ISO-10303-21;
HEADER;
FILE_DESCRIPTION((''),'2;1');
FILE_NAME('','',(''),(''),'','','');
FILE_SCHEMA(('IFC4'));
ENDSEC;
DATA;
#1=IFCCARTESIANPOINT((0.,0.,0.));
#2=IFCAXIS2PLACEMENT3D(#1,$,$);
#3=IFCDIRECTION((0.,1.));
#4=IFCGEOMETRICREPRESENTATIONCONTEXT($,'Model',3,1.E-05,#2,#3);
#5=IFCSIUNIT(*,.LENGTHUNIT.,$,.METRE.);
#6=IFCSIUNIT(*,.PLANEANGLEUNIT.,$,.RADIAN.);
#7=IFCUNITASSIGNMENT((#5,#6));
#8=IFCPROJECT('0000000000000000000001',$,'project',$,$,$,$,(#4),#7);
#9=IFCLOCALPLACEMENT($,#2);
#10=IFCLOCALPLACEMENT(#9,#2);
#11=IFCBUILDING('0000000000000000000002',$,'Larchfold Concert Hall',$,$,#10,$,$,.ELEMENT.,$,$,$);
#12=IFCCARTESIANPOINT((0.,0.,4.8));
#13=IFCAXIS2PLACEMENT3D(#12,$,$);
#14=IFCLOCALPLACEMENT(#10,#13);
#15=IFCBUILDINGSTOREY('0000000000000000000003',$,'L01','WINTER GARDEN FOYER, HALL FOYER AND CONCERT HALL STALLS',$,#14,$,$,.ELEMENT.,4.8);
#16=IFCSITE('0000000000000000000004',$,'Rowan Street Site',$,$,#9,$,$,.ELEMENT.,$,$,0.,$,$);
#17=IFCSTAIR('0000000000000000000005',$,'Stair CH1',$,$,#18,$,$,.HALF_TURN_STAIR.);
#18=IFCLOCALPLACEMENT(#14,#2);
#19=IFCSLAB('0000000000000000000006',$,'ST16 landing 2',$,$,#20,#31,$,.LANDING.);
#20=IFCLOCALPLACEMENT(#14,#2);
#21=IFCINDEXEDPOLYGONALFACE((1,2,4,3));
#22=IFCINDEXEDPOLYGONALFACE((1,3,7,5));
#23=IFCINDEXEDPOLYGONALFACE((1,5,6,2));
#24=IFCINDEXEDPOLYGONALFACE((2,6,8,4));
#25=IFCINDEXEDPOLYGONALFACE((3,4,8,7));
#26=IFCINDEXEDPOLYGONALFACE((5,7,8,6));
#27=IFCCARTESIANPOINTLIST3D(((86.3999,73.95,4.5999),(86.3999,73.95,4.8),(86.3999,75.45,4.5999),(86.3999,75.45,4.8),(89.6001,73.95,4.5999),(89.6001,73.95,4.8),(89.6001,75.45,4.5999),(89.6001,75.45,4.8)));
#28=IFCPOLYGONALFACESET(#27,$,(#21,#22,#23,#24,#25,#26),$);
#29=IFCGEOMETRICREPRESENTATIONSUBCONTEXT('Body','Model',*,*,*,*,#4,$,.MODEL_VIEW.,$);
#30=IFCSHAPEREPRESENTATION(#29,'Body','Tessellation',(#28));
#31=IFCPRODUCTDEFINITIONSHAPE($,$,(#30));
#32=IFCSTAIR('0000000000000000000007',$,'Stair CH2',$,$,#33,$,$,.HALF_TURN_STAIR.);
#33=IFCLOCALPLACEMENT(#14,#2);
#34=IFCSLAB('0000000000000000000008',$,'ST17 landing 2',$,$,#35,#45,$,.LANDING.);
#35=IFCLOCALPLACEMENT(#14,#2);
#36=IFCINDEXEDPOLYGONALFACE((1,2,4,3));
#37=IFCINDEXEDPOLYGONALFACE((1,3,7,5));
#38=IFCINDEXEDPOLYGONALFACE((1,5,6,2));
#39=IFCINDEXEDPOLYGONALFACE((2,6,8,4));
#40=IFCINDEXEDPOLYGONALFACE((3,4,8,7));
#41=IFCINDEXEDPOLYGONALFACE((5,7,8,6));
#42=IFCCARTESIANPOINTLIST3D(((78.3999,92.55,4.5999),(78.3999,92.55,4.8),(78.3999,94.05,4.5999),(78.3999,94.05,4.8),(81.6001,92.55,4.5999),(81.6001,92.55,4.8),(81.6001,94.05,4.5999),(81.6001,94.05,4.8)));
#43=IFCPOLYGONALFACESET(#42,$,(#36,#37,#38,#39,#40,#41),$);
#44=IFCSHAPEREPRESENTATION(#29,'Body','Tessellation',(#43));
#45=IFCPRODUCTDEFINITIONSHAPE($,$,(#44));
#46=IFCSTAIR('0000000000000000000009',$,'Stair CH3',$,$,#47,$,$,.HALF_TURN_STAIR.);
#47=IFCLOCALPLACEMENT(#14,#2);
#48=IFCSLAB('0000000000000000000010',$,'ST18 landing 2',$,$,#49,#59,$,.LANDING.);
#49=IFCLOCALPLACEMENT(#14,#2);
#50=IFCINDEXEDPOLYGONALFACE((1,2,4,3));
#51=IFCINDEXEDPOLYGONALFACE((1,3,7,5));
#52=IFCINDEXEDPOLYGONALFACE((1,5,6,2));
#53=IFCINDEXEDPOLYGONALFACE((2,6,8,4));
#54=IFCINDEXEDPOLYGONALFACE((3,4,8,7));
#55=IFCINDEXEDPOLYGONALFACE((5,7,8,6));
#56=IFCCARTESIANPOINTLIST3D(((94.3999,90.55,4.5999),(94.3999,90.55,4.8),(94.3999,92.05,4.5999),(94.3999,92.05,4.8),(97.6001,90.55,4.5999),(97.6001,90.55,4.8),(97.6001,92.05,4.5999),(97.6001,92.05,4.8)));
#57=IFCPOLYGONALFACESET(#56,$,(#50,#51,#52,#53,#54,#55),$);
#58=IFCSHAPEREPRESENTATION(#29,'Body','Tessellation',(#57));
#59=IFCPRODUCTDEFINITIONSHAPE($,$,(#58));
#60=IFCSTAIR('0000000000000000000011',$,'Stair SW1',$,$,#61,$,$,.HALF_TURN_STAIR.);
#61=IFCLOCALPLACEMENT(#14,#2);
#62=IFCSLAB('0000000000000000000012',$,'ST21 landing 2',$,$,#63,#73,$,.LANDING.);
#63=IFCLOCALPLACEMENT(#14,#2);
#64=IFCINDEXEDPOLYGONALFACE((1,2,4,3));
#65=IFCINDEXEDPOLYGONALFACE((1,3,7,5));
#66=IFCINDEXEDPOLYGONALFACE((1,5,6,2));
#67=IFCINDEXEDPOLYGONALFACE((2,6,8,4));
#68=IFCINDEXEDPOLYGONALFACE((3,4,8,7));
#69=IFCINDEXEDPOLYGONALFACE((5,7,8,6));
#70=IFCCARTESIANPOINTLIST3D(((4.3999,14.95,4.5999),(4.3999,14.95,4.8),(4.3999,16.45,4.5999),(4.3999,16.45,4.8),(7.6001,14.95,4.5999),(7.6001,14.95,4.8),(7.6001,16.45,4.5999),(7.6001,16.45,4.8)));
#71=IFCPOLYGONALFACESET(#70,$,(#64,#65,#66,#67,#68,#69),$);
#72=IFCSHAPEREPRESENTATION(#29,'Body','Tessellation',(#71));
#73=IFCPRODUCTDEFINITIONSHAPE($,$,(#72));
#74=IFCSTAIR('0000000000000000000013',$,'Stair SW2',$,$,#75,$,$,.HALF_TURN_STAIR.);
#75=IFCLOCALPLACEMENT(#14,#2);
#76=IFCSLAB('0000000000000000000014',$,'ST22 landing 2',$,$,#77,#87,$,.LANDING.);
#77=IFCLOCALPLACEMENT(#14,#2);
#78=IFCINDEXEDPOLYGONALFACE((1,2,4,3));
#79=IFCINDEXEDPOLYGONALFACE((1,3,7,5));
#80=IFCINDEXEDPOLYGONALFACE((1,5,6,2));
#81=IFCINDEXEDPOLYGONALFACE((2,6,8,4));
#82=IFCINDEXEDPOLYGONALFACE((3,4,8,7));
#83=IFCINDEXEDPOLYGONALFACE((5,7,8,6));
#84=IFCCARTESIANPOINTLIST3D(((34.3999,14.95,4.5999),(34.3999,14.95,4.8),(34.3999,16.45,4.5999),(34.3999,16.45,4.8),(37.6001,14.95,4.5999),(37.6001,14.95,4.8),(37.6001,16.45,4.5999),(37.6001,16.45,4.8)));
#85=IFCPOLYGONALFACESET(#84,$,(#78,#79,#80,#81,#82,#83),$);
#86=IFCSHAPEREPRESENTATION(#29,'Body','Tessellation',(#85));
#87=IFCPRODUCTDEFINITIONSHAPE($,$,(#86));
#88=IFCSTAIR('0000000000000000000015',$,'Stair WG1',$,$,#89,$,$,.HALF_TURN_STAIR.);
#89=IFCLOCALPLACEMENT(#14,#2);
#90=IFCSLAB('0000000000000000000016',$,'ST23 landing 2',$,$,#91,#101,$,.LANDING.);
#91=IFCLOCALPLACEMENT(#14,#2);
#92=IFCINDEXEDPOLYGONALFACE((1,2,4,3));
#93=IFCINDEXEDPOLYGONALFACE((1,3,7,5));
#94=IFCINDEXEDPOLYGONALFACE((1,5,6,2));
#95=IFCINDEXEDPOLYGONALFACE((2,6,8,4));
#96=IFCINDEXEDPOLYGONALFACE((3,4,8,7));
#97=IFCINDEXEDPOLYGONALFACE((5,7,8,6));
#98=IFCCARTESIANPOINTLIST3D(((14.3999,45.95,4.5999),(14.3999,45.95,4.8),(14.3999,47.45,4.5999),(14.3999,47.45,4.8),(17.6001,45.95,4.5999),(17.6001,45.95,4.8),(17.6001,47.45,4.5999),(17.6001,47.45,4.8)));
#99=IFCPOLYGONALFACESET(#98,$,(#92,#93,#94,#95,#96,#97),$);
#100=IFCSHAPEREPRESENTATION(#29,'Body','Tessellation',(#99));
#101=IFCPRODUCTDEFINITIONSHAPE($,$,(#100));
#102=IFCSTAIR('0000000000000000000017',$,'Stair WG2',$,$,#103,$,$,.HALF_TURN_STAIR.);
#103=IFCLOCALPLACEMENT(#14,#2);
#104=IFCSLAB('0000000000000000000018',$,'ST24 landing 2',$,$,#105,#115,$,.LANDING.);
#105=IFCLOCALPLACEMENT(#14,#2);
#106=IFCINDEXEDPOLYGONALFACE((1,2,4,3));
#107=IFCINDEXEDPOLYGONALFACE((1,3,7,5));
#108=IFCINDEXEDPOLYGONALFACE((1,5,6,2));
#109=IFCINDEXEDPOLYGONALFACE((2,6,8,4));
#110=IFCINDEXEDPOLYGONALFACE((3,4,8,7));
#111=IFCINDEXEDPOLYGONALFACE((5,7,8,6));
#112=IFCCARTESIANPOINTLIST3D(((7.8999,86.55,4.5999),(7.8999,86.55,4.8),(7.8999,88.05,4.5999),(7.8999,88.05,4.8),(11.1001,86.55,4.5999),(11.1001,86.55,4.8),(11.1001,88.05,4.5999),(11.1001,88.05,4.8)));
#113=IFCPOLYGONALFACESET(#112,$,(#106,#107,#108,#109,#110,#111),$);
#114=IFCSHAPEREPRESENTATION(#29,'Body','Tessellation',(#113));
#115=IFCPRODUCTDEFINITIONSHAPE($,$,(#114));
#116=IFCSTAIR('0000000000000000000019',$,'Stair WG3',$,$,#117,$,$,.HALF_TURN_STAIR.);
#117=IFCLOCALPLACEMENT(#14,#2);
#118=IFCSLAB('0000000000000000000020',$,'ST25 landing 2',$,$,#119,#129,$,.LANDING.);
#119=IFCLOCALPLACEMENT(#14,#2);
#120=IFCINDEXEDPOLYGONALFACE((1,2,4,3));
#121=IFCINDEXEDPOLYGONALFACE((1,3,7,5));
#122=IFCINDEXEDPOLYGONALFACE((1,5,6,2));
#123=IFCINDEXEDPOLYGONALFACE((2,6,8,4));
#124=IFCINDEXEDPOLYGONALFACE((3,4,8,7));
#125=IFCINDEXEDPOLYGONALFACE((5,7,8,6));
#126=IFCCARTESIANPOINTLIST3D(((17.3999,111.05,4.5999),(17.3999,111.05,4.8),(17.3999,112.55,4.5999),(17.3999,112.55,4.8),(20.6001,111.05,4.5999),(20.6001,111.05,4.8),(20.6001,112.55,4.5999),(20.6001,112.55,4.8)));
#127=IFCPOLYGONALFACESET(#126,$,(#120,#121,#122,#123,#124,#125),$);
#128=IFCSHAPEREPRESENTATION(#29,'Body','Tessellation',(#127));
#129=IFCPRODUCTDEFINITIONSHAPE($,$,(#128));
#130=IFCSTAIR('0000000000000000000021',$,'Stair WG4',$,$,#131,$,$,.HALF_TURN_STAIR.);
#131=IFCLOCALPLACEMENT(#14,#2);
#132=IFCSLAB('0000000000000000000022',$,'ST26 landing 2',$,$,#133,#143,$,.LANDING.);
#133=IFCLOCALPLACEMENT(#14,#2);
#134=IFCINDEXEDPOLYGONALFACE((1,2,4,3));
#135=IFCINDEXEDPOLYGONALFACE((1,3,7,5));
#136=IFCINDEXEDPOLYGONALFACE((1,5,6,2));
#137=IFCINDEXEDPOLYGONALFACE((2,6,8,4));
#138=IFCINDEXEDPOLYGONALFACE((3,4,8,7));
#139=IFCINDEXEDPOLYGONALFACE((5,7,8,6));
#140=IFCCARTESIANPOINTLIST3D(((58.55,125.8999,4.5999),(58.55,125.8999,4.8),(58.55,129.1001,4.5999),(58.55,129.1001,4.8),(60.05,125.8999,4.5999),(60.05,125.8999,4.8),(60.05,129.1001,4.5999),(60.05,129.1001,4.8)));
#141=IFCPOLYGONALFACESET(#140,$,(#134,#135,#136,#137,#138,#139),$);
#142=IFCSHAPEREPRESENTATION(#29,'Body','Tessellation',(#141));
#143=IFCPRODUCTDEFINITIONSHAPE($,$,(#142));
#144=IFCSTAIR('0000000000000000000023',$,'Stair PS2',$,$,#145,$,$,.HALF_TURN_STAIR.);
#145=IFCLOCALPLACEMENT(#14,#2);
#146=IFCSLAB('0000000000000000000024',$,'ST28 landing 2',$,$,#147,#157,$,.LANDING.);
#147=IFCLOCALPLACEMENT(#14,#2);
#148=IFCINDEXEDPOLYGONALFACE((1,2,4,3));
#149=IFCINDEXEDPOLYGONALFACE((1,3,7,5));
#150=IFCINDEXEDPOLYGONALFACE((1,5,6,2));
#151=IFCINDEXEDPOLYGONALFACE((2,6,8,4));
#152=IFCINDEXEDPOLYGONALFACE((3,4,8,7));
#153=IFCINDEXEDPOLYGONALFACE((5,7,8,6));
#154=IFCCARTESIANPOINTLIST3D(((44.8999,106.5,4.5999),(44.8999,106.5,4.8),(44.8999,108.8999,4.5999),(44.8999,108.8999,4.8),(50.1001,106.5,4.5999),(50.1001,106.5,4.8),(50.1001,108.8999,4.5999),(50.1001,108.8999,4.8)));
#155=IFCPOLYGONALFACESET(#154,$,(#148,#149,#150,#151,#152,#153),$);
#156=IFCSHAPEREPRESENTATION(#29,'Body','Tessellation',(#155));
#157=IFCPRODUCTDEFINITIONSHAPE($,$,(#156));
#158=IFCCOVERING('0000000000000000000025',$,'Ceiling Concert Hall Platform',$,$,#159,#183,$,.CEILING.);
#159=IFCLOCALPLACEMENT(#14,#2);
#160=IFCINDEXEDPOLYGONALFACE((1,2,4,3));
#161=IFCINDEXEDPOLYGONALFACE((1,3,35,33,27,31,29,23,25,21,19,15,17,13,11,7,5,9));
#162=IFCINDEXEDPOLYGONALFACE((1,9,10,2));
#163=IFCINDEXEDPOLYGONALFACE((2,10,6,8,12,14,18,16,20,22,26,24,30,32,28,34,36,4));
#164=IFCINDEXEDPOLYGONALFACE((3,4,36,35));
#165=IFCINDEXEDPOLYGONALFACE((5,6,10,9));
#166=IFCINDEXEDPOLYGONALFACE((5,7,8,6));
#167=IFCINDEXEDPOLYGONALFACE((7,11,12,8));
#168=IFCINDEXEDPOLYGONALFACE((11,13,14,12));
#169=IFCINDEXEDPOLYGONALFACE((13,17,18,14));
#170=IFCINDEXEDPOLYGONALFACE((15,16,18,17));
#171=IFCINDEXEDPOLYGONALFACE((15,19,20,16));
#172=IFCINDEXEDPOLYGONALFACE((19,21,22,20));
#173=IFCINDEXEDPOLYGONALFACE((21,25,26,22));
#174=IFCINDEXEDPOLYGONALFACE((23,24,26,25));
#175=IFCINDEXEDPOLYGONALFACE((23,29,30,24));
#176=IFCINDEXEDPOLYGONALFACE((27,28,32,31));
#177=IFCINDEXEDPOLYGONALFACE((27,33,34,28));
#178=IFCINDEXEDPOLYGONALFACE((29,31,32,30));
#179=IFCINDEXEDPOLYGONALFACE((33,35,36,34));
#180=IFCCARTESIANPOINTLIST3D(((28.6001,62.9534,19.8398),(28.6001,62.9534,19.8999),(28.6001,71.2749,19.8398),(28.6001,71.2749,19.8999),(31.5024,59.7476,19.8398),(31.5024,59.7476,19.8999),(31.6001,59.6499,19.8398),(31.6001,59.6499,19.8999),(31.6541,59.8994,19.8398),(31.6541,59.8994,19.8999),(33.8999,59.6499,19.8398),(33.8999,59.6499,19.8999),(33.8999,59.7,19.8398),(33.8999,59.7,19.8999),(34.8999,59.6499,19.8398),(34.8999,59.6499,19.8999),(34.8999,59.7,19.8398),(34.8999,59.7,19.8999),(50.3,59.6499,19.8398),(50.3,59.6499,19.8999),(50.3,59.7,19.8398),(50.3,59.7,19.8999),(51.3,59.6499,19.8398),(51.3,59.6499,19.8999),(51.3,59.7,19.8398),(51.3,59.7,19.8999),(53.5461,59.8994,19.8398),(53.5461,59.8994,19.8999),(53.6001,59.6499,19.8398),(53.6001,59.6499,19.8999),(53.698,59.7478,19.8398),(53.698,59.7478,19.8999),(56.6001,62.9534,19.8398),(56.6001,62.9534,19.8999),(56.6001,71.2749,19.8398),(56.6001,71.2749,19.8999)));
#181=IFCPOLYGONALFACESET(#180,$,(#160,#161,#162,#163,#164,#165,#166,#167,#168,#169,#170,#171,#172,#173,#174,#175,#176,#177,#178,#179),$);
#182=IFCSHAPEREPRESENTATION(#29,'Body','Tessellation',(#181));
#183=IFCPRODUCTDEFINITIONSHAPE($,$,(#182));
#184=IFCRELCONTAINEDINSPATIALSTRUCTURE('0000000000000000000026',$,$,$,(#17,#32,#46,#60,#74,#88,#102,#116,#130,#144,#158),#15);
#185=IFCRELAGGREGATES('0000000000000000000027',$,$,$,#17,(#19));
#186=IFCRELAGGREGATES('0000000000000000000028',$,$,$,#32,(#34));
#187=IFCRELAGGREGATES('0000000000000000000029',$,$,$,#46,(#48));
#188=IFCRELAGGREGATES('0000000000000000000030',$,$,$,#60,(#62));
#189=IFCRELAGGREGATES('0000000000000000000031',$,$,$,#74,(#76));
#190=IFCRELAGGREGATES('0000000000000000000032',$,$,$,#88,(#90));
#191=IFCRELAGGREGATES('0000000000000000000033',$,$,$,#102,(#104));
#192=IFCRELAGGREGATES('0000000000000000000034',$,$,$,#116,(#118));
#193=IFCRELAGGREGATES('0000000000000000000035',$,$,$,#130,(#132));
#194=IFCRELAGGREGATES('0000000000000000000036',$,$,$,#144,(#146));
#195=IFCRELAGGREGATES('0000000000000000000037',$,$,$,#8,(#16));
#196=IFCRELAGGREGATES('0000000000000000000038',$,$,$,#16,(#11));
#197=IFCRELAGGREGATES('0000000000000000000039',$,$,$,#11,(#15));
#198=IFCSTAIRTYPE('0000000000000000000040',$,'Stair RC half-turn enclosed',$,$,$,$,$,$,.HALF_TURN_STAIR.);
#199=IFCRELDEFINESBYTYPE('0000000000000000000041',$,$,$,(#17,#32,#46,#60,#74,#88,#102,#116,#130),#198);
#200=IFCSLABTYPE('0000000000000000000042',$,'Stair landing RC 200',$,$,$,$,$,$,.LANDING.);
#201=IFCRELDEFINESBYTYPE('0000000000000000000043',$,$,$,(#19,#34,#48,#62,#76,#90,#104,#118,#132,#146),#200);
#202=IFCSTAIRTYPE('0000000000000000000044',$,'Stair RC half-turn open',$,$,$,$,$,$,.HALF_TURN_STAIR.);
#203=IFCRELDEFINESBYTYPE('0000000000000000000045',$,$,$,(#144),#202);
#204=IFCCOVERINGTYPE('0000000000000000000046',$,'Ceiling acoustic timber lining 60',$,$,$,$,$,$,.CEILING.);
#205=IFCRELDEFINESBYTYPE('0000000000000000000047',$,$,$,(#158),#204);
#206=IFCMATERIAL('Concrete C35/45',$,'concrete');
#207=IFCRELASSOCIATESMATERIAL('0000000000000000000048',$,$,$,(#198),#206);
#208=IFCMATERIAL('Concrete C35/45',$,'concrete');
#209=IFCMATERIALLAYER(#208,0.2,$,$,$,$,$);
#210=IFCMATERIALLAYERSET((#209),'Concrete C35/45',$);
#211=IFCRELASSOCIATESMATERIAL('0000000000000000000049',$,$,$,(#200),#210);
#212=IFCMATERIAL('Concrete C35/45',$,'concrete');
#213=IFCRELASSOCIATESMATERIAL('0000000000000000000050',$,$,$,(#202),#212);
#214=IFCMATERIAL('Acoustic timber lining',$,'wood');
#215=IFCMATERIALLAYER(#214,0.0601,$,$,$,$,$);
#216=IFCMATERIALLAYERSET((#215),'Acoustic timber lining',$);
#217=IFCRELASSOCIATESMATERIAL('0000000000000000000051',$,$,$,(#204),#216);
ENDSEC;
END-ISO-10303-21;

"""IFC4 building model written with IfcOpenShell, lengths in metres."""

from ifc_helpers import new_model, si_unit, direction, frame, origin, place, context, subcontext, project, spatial, polyline, outline, extrude, material, layer, layer_set, type_object, element, aggregate, save


model = new_model("IFC4")

# Units and contexts
model_context = context("Model", 3, precision=1e-05, world=origin(), true_north=direction((0.0, 1.0)))
body_context = subcontext(model_context, "Body", "Model", "MODEL_VIEW")
ifc_project = project(units=[si_unit("LENGTHUNIT", "METRE"), si_unit("PLANEANGLEUNIT", "RADIAN")], contexts=[model_context])

# Site, building, storey
site_placement = place(None, origin())
site = spatial("IfcSite", under=ifc_project, at=site_placement, Name="Rowan Street Site", CompositionType="ELEMENT", RefElevation=0.0)
building_placement = place(site_placement, origin())
building = spatial("IfcBuilding", under=site, at=building_placement, Name="Larchfold Concert Hall", CompositionType="ELEMENT")
storey_placement = place(building_placement, frame((0.0, 0.0, 4.8)))
storey = spatial("IfcBuildingStorey", under=building, at=storey_placement, Name="L01", Description="WINTER GARDEN FOYER, HALL FOYER AND CONCERT HALL STALLS", CompositionType="ELEMENT", Elevation=4.8)

# Stairs, slabs
ifc_material_1 = material(Name="Concrete C35/45", Category="concrete")
stair_type_1 = type_object("IfcStairType", Name="Stair RC half-turn enclosed", PredefinedType="HALF_TURN_STAIR", material=ifc_material_1)
ifc_material_2 = material(Name="Concrete C35/45", Category="concrete")
ifc_layer_1 = layer(ifc_material_2, 0.2)
ifc_layer_set_1 = layer_set([ifc_layer_1], Name="Concrete C35/45")
slab_type = type_object("IfcSlabType", Name="Stair landing RC 200", PredefinedType="LANDING", material=ifc_layer_set_1)
stair_1_placement = place(storey_placement, origin())
stair_1 = element("IfcStair", 1, at=stair_1_placement, inside=storey, type_object=stair_type_1, Name="Stair CH1", PredefinedType="HALF_TURN_STAIR")
slab_1_placement = place(storey_placement, frame((0.0, 0.0, 4.5999)))
slab_1 = element("IfcSlab", 2, at=slab_1_placement, type_object=slab_type, Name="ST16 landing 2", PredefinedType="LANDING", context=body_context, shape_type="SweptSolid", body=[
    extrude(outline(polyline([(86.3999, 75.45), (86.3999, 73.95), (89.6001, 73.95), (89.6001, 75.45), (86.3999, 75.45)])), origin(), (0.0, 0.0, 1.0), 0.2002),
])
aggregate(stair_1, [slab_1])
stair_2_placement = place(storey_placement, origin())
stair_2 = element("IfcStair", 3, at=stair_2_placement, inside=storey, type_object=stair_type_1, Name="Stair CH2", PredefinedType="HALF_TURN_STAIR")
slab_2_placement = place(storey_placement, frame((0.0, 0.0, 4.5999)))
slab_2 = element("IfcSlab", 4, at=slab_2_placement, type_object=slab_type, Name="ST17 landing 2", PredefinedType="LANDING", context=body_context, shape_type="SweptSolid", body=[
    extrude(outline(polyline([(81.6001, 92.55), (81.6001, 94.05), (78.3999, 94.05), (78.3999, 92.55), (81.6001, 92.55)])), origin(), (0.0, 0.0, 1.0), 0.2002),
])
aggregate(stair_2, [slab_2])
stair_3_placement = place(storey_placement, origin())
stair_3 = element("IfcStair", 5, at=stair_3_placement, inside=storey, type_object=stair_type_1, Name="Stair CH3", PredefinedType="HALF_TURN_STAIR")
slab_3_placement = place(storey_placement, frame((0.0, 0.0, 4.5999)))
slab_3 = element("IfcSlab", 6, at=slab_3_placement, type_object=slab_type, Name="ST18 landing 2", PredefinedType="LANDING", context=body_context, shape_type="SweptSolid", body=[
    extrude(outline(polyline([(97.6001, 90.55), (97.6001, 92.05), (94.3999, 92.05), (94.3999, 90.55), (97.6001, 90.55)])), origin(), (0.0, 0.0, 1.0), 0.2002),
])
aggregate(stair_3, [slab_3])
stair_4_placement = place(storey_placement, origin())
stair_4 = element("IfcStair", 7, at=stair_4_placement, inside=storey, type_object=stair_type_1, Name="Stair SW1", PredefinedType="HALF_TURN_STAIR")
slab_4_placement = place(storey_placement, frame((0.0, 0.0, 4.5999)))
slab_4 = element("IfcSlab", 8, at=slab_4_placement, type_object=slab_type, Name="ST21 landing 2", PredefinedType="LANDING", context=body_context, shape_type="SweptSolid", body=[
    extrude(outline(polyline([(4.3999, 16.45), (4.3999, 14.95), (7.6001, 14.95), (7.6001, 16.45), (4.3999, 16.45)])), origin(), (0.0, 0.0, 1.0), 0.2002),
])
aggregate(stair_4, [slab_4])
stair_5_placement = place(storey_placement, origin())
stair_5 = element("IfcStair", 9, at=stair_5_placement, inside=storey, type_object=stair_type_1, Name="Stair SW2", PredefinedType="HALF_TURN_STAIR")
slab_5_placement = place(storey_placement, frame((0.0, 0.0, 4.5999)))
slab_5 = element("IfcSlab", 10, at=slab_5_placement, type_object=slab_type, Name="ST22 landing 2", PredefinedType="LANDING", context=body_context, shape_type="SweptSolid", body=[
    extrude(outline(polyline([(34.3999, 16.45), (34.3999, 14.95), (37.6001, 14.95), (37.6001, 16.45), (34.3999, 16.45)])), origin(), (0.0, 0.0, 1.0), 0.2002),
])
aggregate(stair_5, [slab_5])
stair_6_placement = place(storey_placement, origin())
stair_6 = element("IfcStair", 11, at=stair_6_placement, inside=storey, type_object=stair_type_1, Name="Stair WG1", PredefinedType="HALF_TURN_STAIR")
slab_6_placement = place(storey_placement, frame((0.0, 0.0, 4.5999)))
slab_6 = element("IfcSlab", 12, at=slab_6_placement, type_object=slab_type, Name="ST23 landing 2", PredefinedType="LANDING", context=body_context, shape_type="SweptSolid", body=[
    extrude(outline(polyline([(14.3999, 47.45), (14.3999, 45.95), (17.6001, 45.95), (17.6001, 47.45), (14.3999, 47.45)])), origin(), (0.0, 0.0, 1.0), 0.2002),
])
aggregate(stair_6, [slab_6])
stair_7_placement = place(storey_placement, origin())
stair_7 = element("IfcStair", 13, at=stair_7_placement, inside=storey, type_object=stair_type_1, Name="Stair WG2", PredefinedType="HALF_TURN_STAIR")
slab_7_placement = place(storey_placement, frame((0.0, 0.0, 4.5999)))
slab_7 = element("IfcSlab", 14, at=slab_7_placement, type_object=slab_type, Name="ST24 landing 2", PredefinedType="LANDING", context=body_context, shape_type="SweptSolid", body=[
    extrude(outline(polyline([(7.8999, 88.05), (7.8999, 86.55), (11.1001, 86.55), (11.1001, 88.05), (7.8999, 88.05)])), origin(), (0.0, 0.0, 1.0), 0.2002),
])
aggregate(stair_7, [slab_7])
stair_8_placement = place(storey_placement, origin())
stair_8 = element("IfcStair", 15, at=stair_8_placement, inside=storey, type_object=stair_type_1, Name="Stair WG3", PredefinedType="HALF_TURN_STAIR")
slab_8_placement = place(storey_placement, frame((0.0, 0.0, 4.5999)))
slab_8 = element("IfcSlab", 16, at=slab_8_placement, type_object=slab_type, Name="ST25 landing 2", PredefinedType="LANDING", context=body_context, shape_type="SweptSolid", body=[
    extrude(outline(polyline([(20.6001, 111.05), (20.6001, 112.55), (17.3999, 112.55), (17.3999, 111.05), (20.6001, 111.05)])), origin(), (0.0, 0.0, 1.0), 0.2002),
])
aggregate(stair_8, [slab_8])
stair_9_placement = place(storey_placement, origin())
stair_9 = element("IfcStair", 17, at=stair_9_placement, inside=storey, type_object=stair_type_1, Name="Stair WG4", PredefinedType="HALF_TURN_STAIR")
slab_9_placement = place(storey_placement, frame((0.0, 0.0, 4.5999)))
slab_9 = element("IfcSlab", 18, at=slab_9_placement, type_object=slab_type, Name="ST26 landing 2", PredefinedType="LANDING", context=body_context, shape_type="SweptSolid", body=[
    extrude(outline(polyline([(58.55, 125.8999), (60.05, 125.8999), (60.05, 129.1001), (58.55, 129.1001), (58.55, 125.8999)])), origin(), (0.0, 0.0, 1.0), 0.2002),
])
aggregate(stair_9, [slab_9])
ifc_material_3 = material(Name="Concrete C35/45", Category="concrete")
stair_type_2 = type_object("IfcStairType", Name="Stair RC half-turn open", PredefinedType="HALF_TURN_STAIR", material=ifc_material_3)
stair_10_placement = place(storey_placement, origin())
stair_10 = element("IfcStair", 19, at=stair_10_placement, inside=storey, type_object=stair_type_2, Name="Stair PS2", PredefinedType="HALF_TURN_STAIR")
slab_10_placement = place(storey_placement, frame((0.0, 0.0, 4.5999)))
slab_10 = element("IfcSlab", 20, at=slab_10_placement, type_object=slab_type, Name="ST28 landing 2", PredefinedType="LANDING", context=body_context, shape_type="SweptSolid", body=[
    extrude(outline(polyline([(50.1001, 106.5), (50.1001, 108.8999), (44.8999, 108.8999), (44.8999, 106.5), (50.1001, 106.5)])), origin(), (0.0, 0.0, 1.0), 0.2002),
])
aggregate(stair_10, [slab_10])

# Covering
ifc_material_4 = material(Name="Acoustic timber lining", Category="wood")
ifc_layer_2 = layer(ifc_material_4, 0.0601)
ifc_layer_set_2 = layer_set([ifc_layer_2], Name="Acoustic timber lining")
covering_type_1 = type_object("IfcCoveringType", Name="Ceiling acoustic timber lining 60", PredefinedType="CEILING", material=ifc_layer_set_2)
covering_1_placement = place(storey_placement, frame((0.0, 0.0, 19.8398)))
element("IfcCovering", 21, at=covering_1_placement, inside=storey, type_object=covering_type_1, Name="Ceiling Concert Hall Platform", PredefinedType="CEILING", context=body_context, shape_type="SweptSolid", body=[
    extrude(outline(polyline([(31.6541, 59.8994), (31.5024, 59.7476), (31.6001, 59.6499), (33.8999, 59.6499), (33.8999, 59.7), (34.8999, 59.7), (34.8999, 59.6499), (50.3, 59.6499), (50.3, 59.7), (51.3, 59.7), (51.3, 59.6499), (53.6001, 59.6499), (53.698, 59.7478), (53.5461, 59.8994), (56.6001, 62.9534), (56.6001, 71.2749), (28.6001, 71.2749), (28.6001, 62.9534), (31.6541, 59.8994)])), origin(), (0.0, 0.0, 1.0), 0.0601),
])

save(model, "model.ifc")
